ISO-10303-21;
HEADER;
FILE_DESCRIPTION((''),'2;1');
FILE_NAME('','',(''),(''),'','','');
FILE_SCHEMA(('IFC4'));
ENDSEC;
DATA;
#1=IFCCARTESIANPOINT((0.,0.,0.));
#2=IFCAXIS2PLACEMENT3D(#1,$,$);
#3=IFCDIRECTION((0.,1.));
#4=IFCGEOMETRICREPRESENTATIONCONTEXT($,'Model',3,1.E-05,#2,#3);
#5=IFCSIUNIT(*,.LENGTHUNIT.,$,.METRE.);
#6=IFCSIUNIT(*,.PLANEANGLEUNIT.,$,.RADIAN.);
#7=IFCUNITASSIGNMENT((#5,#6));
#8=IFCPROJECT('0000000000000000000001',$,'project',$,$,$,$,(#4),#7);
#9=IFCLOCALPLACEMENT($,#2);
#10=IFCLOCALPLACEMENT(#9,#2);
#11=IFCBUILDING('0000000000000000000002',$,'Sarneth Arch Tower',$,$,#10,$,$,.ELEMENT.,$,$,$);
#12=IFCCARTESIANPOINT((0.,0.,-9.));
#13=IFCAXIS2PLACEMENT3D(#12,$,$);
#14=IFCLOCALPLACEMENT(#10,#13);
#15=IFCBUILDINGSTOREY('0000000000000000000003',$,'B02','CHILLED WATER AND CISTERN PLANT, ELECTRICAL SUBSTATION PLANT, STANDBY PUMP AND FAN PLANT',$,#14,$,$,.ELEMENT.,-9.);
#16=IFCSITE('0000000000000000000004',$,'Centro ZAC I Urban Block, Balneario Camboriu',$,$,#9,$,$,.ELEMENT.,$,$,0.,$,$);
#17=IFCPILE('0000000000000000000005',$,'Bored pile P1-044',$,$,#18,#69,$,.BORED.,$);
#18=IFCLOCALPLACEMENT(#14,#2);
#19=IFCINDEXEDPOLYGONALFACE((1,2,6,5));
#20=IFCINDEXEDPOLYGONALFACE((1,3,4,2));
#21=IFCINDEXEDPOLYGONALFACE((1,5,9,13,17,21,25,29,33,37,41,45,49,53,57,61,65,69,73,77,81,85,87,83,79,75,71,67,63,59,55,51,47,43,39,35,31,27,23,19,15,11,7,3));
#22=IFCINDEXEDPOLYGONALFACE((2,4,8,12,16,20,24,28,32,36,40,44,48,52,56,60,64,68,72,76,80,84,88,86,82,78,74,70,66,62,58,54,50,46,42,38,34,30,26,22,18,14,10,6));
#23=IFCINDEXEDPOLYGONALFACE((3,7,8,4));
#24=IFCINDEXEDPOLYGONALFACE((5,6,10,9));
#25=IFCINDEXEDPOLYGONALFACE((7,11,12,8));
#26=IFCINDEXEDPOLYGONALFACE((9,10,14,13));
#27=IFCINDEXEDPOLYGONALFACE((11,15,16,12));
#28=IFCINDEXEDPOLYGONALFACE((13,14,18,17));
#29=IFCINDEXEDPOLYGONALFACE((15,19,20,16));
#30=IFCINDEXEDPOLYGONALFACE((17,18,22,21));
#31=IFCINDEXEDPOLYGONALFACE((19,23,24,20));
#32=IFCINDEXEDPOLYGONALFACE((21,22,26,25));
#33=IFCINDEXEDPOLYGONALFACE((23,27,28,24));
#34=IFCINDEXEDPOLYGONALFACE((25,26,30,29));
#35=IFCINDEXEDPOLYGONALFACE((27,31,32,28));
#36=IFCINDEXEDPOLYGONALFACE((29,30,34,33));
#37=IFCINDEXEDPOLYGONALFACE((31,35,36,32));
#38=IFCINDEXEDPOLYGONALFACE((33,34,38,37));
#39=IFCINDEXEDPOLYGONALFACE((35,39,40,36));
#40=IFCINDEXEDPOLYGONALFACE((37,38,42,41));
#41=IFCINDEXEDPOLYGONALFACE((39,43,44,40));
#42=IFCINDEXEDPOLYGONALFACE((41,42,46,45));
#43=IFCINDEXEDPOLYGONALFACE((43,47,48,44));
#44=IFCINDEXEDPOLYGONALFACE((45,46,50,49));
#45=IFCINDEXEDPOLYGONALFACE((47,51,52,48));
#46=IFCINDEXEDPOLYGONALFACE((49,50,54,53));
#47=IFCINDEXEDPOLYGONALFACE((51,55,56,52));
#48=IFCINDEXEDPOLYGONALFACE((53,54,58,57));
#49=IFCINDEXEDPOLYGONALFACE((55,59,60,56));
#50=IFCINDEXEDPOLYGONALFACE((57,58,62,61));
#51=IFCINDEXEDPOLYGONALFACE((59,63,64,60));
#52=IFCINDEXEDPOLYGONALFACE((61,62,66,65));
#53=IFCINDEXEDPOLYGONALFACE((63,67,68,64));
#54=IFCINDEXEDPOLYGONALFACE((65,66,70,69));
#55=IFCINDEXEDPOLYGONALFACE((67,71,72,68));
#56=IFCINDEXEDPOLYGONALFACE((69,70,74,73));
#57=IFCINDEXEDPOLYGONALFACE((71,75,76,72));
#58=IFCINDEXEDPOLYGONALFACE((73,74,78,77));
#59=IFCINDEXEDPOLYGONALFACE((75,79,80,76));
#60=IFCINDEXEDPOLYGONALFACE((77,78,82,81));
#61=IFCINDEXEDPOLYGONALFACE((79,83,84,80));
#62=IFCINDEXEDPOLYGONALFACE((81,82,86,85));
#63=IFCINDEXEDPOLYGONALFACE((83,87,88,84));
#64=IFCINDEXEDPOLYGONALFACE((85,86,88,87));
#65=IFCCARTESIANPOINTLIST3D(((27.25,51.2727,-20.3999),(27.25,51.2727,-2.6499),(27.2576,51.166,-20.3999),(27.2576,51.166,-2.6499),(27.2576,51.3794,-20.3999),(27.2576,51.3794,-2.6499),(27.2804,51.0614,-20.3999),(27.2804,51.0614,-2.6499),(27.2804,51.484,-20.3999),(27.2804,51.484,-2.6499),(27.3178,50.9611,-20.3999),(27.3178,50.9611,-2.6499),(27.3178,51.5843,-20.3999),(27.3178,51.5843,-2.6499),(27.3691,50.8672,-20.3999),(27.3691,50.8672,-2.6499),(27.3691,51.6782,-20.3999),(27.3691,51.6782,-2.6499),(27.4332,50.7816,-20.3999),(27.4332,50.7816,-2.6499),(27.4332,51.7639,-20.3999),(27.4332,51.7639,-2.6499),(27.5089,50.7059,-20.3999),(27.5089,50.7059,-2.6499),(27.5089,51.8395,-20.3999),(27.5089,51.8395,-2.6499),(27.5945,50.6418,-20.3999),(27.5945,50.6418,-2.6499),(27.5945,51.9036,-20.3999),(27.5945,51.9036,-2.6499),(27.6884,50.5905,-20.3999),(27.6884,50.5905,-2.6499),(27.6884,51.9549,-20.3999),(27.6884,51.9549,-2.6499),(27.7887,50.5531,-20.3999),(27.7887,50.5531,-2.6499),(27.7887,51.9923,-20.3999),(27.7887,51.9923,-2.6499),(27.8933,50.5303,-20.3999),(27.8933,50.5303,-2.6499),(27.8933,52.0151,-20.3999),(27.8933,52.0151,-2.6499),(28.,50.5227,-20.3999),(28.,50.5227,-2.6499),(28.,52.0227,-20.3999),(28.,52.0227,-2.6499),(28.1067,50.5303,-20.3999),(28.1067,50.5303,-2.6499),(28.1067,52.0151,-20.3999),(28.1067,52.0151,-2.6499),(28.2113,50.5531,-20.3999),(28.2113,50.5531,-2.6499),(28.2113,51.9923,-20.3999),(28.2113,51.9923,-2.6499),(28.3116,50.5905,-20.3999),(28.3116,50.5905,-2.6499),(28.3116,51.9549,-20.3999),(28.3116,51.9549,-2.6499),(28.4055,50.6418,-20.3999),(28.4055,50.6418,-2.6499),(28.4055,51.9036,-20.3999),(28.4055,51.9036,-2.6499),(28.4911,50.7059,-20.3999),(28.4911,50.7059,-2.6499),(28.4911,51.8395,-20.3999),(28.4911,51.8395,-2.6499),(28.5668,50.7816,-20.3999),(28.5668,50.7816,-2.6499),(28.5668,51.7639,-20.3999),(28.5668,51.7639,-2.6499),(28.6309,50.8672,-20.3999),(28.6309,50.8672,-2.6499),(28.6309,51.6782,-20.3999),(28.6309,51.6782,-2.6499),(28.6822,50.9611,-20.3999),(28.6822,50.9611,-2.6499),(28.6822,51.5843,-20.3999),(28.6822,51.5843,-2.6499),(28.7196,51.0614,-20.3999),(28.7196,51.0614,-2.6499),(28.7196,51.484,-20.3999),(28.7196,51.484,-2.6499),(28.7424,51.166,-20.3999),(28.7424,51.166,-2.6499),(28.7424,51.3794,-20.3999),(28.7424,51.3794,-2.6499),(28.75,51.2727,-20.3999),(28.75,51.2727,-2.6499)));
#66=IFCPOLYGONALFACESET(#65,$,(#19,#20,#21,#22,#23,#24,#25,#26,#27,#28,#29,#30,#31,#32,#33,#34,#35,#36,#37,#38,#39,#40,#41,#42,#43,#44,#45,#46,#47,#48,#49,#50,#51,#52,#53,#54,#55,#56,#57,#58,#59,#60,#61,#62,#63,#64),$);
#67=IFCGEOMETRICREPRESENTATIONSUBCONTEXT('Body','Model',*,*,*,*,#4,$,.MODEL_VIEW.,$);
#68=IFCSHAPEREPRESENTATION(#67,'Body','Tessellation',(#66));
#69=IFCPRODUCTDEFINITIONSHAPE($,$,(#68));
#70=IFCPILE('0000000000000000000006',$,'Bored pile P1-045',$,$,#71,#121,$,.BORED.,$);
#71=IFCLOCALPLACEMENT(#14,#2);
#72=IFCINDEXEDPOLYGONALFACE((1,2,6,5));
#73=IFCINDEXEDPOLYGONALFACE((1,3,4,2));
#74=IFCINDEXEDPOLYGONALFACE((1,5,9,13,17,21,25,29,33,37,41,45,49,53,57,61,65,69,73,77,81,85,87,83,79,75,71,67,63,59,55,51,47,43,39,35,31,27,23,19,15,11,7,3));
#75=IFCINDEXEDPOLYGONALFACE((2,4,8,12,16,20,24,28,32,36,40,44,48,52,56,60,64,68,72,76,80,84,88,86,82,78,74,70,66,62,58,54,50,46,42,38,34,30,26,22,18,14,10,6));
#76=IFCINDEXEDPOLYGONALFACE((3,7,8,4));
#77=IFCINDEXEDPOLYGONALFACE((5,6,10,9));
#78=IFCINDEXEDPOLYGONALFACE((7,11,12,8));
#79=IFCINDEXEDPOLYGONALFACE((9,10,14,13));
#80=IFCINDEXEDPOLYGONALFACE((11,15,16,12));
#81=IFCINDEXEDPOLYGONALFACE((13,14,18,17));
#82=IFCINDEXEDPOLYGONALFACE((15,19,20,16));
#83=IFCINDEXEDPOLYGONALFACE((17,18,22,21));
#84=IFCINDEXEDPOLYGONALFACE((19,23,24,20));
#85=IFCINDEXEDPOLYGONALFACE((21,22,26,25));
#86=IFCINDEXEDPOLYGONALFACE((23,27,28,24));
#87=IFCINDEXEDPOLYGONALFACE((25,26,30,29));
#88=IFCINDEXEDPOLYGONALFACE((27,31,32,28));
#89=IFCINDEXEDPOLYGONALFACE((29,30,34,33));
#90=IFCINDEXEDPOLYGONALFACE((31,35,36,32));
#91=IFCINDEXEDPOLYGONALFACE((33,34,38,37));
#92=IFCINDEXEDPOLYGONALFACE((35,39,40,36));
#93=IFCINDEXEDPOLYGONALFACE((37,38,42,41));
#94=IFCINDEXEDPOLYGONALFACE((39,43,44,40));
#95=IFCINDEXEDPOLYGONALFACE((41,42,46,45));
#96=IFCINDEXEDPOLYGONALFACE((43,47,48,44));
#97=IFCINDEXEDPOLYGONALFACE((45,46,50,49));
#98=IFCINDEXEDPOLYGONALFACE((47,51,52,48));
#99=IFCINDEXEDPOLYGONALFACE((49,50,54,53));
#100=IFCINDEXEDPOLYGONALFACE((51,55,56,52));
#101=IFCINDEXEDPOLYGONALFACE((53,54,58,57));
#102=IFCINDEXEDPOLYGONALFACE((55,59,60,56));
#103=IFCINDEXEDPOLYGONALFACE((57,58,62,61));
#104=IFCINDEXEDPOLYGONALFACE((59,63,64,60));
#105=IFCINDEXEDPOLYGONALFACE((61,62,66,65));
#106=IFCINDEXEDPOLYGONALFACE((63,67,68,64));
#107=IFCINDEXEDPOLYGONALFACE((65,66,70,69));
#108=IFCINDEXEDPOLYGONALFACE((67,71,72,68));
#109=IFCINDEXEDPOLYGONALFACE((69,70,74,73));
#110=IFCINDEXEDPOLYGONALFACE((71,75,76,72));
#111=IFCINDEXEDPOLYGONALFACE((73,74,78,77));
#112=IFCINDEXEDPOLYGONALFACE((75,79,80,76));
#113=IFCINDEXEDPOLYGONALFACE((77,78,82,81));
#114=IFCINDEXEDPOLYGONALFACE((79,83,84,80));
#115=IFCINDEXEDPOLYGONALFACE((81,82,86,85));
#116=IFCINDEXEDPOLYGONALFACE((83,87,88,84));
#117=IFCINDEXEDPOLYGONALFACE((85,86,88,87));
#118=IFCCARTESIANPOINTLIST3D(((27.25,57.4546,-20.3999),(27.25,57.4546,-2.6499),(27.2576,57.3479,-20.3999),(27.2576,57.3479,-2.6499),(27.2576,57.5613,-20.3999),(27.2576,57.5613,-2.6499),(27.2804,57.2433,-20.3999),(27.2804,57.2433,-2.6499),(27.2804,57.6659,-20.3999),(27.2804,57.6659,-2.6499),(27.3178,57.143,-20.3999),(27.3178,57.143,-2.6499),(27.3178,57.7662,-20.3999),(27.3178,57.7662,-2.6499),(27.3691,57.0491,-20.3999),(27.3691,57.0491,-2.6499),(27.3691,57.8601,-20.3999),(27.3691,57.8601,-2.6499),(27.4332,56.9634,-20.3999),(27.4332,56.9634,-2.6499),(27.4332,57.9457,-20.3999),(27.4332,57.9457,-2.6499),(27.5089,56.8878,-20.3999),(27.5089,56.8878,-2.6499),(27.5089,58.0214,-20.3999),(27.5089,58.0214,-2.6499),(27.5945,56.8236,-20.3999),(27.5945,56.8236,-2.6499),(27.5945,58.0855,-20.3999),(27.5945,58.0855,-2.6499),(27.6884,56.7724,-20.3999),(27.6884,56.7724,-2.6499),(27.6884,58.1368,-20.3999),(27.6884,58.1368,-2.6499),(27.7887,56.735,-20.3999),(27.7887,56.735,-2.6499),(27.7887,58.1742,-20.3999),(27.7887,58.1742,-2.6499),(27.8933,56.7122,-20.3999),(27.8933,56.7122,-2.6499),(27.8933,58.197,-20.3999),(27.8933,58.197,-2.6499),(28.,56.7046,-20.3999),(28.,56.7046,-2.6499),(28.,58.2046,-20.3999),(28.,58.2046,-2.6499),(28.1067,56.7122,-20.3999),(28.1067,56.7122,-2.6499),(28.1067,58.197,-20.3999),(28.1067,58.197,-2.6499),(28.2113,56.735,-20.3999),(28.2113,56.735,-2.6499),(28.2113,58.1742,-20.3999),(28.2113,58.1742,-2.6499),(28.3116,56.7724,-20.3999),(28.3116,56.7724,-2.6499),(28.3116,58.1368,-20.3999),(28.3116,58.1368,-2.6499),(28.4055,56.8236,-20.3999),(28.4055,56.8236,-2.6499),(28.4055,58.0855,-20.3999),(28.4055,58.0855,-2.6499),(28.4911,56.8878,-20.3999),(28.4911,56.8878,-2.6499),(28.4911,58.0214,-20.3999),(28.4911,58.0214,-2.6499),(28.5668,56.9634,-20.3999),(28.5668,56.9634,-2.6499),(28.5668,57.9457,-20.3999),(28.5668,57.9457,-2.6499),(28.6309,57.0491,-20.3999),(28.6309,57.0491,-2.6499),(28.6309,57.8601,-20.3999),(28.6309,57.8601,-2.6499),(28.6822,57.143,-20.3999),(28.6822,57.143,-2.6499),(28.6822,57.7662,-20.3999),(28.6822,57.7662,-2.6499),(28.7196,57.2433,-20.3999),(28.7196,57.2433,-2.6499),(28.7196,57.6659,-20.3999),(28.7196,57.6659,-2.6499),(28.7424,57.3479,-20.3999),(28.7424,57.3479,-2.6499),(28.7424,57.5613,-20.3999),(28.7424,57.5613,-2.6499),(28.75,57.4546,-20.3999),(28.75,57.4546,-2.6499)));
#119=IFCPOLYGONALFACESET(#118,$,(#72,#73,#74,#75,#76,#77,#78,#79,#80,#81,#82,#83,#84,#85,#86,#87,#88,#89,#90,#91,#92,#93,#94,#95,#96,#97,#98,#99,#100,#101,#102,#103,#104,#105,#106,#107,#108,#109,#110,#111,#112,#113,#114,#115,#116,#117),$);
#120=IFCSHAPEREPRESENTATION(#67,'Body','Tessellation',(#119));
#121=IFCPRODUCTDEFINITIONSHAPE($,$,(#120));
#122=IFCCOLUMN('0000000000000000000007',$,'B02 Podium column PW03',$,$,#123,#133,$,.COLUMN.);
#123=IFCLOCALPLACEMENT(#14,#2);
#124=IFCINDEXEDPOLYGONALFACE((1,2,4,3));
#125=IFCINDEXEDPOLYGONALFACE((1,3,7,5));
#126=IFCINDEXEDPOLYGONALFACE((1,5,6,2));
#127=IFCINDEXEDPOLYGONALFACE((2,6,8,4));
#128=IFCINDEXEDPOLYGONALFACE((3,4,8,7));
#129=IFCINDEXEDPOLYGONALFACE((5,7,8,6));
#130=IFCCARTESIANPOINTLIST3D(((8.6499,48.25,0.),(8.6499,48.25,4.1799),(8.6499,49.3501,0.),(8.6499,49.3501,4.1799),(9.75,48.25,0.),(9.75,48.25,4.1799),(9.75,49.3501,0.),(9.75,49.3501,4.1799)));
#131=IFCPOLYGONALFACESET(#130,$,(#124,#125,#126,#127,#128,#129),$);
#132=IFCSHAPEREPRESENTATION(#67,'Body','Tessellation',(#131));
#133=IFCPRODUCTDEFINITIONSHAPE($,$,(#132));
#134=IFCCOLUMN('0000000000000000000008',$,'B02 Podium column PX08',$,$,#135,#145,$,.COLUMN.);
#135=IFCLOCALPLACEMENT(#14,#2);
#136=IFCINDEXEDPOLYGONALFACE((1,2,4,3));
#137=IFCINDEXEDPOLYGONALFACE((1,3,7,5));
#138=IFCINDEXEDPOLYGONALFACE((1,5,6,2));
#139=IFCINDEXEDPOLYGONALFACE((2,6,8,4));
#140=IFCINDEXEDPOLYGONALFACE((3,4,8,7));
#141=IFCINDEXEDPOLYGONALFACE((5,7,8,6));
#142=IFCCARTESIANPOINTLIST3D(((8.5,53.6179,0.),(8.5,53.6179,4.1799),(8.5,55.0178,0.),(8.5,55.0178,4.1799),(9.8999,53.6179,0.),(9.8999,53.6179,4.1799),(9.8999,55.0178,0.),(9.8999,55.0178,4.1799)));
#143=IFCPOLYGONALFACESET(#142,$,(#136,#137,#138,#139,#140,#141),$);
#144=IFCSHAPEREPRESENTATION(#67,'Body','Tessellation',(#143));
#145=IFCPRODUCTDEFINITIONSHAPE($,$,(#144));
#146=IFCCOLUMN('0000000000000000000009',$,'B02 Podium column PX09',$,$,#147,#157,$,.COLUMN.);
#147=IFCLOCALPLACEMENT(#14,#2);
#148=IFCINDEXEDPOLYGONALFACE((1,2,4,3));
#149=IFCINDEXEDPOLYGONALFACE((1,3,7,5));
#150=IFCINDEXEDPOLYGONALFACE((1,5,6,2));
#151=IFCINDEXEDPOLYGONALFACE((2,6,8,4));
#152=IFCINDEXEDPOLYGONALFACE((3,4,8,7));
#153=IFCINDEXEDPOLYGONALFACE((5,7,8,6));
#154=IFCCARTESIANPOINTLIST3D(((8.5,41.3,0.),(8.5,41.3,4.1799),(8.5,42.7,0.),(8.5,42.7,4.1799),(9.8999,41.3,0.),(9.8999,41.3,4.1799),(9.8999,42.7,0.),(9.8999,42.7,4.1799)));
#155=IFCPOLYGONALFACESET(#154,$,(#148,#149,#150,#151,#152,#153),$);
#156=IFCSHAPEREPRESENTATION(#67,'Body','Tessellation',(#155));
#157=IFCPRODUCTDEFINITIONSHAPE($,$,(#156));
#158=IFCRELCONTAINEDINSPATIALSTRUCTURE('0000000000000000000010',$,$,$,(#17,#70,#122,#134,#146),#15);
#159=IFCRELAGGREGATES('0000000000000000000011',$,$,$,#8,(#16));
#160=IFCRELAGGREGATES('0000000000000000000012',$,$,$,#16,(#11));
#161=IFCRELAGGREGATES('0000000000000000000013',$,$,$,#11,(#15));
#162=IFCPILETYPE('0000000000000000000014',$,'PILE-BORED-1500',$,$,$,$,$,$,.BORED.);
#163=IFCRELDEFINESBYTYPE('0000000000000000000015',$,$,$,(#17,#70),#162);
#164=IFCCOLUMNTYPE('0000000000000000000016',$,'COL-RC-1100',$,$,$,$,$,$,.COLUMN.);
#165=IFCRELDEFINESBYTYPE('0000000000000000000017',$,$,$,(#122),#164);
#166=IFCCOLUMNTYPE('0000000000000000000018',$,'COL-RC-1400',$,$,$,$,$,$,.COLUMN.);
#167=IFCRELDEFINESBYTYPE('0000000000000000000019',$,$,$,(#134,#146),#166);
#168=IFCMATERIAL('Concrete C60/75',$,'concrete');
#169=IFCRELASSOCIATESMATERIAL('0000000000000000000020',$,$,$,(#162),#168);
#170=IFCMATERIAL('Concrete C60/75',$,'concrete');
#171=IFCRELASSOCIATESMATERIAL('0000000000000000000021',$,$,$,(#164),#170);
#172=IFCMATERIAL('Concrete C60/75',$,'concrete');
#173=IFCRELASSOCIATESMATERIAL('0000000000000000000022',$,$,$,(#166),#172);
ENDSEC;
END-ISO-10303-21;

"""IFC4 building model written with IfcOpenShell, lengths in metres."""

from ifc_helpers import new_model, si_unit, direction, frame, origin, origin_2d, place, context, subcontext, project, spatial, rectangle, circle, extrude, material, material_profile, profile_set, type_object, element, save


model = new_model("IFC4")

# Units and contexts
model_context = context("Model", 3, precision=1e-05, world=origin(), true_north=direction((0.0, 1.0)))
body_context = subcontext(model_context, "Body", "Model", "MODEL_VIEW")
ifc_project = project(units=[si_unit("LENGTHUNIT", "METRE"), si_unit("PLANEANGLEUNIT", "RADIAN")], contexts=[model_context])

# Site, building, storey
site_placement = place(None, origin())
site = spatial("IfcSite", under=ifc_project, at=site_placement, Name="Centro ZAC I Urban Block, Balneario Camboriu", CompositionType="ELEMENT", RefElevation=0.0)
building_placement = place(site_placement, origin())
building = spatial("IfcBuilding", under=site, at=building_placement, Name="Sarneth Arch Tower", CompositionType="ELEMENT")
storey_placement = place(building_placement, frame((0.0, 0.0, -9.0)))
storey = spatial("IfcBuildingStorey", under=building, at=storey_placement, Name="B02", Description="CHILLED WATER AND CISTERN PLANT, ELECTRICAL SUBSTATION PLANT, STANDBY PUMP AND FAN PLANT", CompositionType="ELEMENT", Elevation=-9.0)

# Piles
ifc_material_1 = material(Name="Concrete C60/75", Category="concrete")
ifc_material_profile_1 = material_profile(ifc_material_1, circle(Radius=0.75, at=origin_2d()), Name="PILE-D1500")
ifc_profile_set_1 = profile_set([ifc_material_profile_1], Name="Concrete C60/75")
pile_type_1 = type_object("IfcPileType", Name="PILE-BORED-1500", PredefinedType="BORED", material=ifc_profile_set_1)
for number, where, z_axis, x_axis, name in (
    (1, (28.0, 51.2727, -2.6499), (0.0, 0.0, -1.0), (1.0, 0.0, 0.0), "Bored pile P1-044"),
    (2, (28.0, 57.4546, -2.6499), (0.0, 0.0, -1.0), (1.0, 0.0, 0.0), "Bored pile P1-045"),
):
    element("IfcPile", number, at=place(storey_placement, frame(where, z_axis=z_axis, x_axis=x_axis)), inside=storey, type_object=pile_type_1, Name=name, PredefinedType="BORED", context=body_context, shape_type="SweptSolid", body=[
        extrude(circle(Radius=0.75, at=origin_2d()), origin(), (0.0, 0.0, 1.0), 17.75),
    ])

# Columns
ifc_material_2 = material(Name="Concrete C60/75", Category="concrete")
ifc_material_profile_2 = material_profile(ifc_material_2, rectangle(XDim=1.1001, YDim=1.1001, at=origin_2d()), Name="RC-1100x1100")
ifc_profile_set_2 = profile_set([ifc_material_profile_2], Name="Concrete C60/75")
column_type_1 = type_object("IfcColumnType", Name="COL-RC-1100", PredefinedType="COLUMN", material=ifc_profile_set_2)
column_placement = place(storey_placement, frame((9.2, 48.8, 0.0), z_axis=(0.0, 0.0, 1.0), x_axis=(1.0, 0.0, 0.0)))
element("IfcColumn", 3, at=column_placement, inside=storey, type_object=column_type_1, Name="B02 Podium column PW03", PredefinedType="COLUMN", context=body_context, shape_type="SweptSolid", body=[
    extrude(rectangle(XDim=1.1001, YDim=1.1001, at=origin_2d()), origin(), (0.0, 0.0, 1.0), 4.1799),
])
ifc_material_3 = material(Name="Concrete C60/75", Category="concrete")
ifc_material_profile_3 = material_profile(ifc_material_3, rectangle(XDim=1.3999, YDim=1.3999, at=origin_2d()), Name="RC-1400x1400")
ifc_profile_set_3 = profile_set([ifc_material_profile_3], Name="Concrete C60/75")
column_type_2 = type_object("IfcColumnType", Name="COL-RC-1400", PredefinedType="COLUMN", material=ifc_profile_set_3)
for number, where, z_axis, x_axis, name in (
    (4, (9.2, 54.3179, 0.0), (0.0, 0.0, 1.0), (1.0, 0.0, 0.0), "B02 Podium column PX08"),
    (5, (9.2, 42.0, 0.0), (0.0, 0.0, 1.0), (1.0, 0.0, 0.0), "B02 Podium column PX09"),
):
    element("IfcColumn", number, at=place(storey_placement, frame(where, z_axis=z_axis, x_axis=x_axis)), inside=storey, type_object=column_type_2, Name=name, PredefinedType="COLUMN", context=body_context, shape_type="SweptSolid", body=[
        extrude(rectangle(XDim=1.3999, YDim=1.3999, at=origin_2d()), origin(), (0.0, 0.0, 1.0), 4.1799),
    ])

save(model, "model.ifc")
